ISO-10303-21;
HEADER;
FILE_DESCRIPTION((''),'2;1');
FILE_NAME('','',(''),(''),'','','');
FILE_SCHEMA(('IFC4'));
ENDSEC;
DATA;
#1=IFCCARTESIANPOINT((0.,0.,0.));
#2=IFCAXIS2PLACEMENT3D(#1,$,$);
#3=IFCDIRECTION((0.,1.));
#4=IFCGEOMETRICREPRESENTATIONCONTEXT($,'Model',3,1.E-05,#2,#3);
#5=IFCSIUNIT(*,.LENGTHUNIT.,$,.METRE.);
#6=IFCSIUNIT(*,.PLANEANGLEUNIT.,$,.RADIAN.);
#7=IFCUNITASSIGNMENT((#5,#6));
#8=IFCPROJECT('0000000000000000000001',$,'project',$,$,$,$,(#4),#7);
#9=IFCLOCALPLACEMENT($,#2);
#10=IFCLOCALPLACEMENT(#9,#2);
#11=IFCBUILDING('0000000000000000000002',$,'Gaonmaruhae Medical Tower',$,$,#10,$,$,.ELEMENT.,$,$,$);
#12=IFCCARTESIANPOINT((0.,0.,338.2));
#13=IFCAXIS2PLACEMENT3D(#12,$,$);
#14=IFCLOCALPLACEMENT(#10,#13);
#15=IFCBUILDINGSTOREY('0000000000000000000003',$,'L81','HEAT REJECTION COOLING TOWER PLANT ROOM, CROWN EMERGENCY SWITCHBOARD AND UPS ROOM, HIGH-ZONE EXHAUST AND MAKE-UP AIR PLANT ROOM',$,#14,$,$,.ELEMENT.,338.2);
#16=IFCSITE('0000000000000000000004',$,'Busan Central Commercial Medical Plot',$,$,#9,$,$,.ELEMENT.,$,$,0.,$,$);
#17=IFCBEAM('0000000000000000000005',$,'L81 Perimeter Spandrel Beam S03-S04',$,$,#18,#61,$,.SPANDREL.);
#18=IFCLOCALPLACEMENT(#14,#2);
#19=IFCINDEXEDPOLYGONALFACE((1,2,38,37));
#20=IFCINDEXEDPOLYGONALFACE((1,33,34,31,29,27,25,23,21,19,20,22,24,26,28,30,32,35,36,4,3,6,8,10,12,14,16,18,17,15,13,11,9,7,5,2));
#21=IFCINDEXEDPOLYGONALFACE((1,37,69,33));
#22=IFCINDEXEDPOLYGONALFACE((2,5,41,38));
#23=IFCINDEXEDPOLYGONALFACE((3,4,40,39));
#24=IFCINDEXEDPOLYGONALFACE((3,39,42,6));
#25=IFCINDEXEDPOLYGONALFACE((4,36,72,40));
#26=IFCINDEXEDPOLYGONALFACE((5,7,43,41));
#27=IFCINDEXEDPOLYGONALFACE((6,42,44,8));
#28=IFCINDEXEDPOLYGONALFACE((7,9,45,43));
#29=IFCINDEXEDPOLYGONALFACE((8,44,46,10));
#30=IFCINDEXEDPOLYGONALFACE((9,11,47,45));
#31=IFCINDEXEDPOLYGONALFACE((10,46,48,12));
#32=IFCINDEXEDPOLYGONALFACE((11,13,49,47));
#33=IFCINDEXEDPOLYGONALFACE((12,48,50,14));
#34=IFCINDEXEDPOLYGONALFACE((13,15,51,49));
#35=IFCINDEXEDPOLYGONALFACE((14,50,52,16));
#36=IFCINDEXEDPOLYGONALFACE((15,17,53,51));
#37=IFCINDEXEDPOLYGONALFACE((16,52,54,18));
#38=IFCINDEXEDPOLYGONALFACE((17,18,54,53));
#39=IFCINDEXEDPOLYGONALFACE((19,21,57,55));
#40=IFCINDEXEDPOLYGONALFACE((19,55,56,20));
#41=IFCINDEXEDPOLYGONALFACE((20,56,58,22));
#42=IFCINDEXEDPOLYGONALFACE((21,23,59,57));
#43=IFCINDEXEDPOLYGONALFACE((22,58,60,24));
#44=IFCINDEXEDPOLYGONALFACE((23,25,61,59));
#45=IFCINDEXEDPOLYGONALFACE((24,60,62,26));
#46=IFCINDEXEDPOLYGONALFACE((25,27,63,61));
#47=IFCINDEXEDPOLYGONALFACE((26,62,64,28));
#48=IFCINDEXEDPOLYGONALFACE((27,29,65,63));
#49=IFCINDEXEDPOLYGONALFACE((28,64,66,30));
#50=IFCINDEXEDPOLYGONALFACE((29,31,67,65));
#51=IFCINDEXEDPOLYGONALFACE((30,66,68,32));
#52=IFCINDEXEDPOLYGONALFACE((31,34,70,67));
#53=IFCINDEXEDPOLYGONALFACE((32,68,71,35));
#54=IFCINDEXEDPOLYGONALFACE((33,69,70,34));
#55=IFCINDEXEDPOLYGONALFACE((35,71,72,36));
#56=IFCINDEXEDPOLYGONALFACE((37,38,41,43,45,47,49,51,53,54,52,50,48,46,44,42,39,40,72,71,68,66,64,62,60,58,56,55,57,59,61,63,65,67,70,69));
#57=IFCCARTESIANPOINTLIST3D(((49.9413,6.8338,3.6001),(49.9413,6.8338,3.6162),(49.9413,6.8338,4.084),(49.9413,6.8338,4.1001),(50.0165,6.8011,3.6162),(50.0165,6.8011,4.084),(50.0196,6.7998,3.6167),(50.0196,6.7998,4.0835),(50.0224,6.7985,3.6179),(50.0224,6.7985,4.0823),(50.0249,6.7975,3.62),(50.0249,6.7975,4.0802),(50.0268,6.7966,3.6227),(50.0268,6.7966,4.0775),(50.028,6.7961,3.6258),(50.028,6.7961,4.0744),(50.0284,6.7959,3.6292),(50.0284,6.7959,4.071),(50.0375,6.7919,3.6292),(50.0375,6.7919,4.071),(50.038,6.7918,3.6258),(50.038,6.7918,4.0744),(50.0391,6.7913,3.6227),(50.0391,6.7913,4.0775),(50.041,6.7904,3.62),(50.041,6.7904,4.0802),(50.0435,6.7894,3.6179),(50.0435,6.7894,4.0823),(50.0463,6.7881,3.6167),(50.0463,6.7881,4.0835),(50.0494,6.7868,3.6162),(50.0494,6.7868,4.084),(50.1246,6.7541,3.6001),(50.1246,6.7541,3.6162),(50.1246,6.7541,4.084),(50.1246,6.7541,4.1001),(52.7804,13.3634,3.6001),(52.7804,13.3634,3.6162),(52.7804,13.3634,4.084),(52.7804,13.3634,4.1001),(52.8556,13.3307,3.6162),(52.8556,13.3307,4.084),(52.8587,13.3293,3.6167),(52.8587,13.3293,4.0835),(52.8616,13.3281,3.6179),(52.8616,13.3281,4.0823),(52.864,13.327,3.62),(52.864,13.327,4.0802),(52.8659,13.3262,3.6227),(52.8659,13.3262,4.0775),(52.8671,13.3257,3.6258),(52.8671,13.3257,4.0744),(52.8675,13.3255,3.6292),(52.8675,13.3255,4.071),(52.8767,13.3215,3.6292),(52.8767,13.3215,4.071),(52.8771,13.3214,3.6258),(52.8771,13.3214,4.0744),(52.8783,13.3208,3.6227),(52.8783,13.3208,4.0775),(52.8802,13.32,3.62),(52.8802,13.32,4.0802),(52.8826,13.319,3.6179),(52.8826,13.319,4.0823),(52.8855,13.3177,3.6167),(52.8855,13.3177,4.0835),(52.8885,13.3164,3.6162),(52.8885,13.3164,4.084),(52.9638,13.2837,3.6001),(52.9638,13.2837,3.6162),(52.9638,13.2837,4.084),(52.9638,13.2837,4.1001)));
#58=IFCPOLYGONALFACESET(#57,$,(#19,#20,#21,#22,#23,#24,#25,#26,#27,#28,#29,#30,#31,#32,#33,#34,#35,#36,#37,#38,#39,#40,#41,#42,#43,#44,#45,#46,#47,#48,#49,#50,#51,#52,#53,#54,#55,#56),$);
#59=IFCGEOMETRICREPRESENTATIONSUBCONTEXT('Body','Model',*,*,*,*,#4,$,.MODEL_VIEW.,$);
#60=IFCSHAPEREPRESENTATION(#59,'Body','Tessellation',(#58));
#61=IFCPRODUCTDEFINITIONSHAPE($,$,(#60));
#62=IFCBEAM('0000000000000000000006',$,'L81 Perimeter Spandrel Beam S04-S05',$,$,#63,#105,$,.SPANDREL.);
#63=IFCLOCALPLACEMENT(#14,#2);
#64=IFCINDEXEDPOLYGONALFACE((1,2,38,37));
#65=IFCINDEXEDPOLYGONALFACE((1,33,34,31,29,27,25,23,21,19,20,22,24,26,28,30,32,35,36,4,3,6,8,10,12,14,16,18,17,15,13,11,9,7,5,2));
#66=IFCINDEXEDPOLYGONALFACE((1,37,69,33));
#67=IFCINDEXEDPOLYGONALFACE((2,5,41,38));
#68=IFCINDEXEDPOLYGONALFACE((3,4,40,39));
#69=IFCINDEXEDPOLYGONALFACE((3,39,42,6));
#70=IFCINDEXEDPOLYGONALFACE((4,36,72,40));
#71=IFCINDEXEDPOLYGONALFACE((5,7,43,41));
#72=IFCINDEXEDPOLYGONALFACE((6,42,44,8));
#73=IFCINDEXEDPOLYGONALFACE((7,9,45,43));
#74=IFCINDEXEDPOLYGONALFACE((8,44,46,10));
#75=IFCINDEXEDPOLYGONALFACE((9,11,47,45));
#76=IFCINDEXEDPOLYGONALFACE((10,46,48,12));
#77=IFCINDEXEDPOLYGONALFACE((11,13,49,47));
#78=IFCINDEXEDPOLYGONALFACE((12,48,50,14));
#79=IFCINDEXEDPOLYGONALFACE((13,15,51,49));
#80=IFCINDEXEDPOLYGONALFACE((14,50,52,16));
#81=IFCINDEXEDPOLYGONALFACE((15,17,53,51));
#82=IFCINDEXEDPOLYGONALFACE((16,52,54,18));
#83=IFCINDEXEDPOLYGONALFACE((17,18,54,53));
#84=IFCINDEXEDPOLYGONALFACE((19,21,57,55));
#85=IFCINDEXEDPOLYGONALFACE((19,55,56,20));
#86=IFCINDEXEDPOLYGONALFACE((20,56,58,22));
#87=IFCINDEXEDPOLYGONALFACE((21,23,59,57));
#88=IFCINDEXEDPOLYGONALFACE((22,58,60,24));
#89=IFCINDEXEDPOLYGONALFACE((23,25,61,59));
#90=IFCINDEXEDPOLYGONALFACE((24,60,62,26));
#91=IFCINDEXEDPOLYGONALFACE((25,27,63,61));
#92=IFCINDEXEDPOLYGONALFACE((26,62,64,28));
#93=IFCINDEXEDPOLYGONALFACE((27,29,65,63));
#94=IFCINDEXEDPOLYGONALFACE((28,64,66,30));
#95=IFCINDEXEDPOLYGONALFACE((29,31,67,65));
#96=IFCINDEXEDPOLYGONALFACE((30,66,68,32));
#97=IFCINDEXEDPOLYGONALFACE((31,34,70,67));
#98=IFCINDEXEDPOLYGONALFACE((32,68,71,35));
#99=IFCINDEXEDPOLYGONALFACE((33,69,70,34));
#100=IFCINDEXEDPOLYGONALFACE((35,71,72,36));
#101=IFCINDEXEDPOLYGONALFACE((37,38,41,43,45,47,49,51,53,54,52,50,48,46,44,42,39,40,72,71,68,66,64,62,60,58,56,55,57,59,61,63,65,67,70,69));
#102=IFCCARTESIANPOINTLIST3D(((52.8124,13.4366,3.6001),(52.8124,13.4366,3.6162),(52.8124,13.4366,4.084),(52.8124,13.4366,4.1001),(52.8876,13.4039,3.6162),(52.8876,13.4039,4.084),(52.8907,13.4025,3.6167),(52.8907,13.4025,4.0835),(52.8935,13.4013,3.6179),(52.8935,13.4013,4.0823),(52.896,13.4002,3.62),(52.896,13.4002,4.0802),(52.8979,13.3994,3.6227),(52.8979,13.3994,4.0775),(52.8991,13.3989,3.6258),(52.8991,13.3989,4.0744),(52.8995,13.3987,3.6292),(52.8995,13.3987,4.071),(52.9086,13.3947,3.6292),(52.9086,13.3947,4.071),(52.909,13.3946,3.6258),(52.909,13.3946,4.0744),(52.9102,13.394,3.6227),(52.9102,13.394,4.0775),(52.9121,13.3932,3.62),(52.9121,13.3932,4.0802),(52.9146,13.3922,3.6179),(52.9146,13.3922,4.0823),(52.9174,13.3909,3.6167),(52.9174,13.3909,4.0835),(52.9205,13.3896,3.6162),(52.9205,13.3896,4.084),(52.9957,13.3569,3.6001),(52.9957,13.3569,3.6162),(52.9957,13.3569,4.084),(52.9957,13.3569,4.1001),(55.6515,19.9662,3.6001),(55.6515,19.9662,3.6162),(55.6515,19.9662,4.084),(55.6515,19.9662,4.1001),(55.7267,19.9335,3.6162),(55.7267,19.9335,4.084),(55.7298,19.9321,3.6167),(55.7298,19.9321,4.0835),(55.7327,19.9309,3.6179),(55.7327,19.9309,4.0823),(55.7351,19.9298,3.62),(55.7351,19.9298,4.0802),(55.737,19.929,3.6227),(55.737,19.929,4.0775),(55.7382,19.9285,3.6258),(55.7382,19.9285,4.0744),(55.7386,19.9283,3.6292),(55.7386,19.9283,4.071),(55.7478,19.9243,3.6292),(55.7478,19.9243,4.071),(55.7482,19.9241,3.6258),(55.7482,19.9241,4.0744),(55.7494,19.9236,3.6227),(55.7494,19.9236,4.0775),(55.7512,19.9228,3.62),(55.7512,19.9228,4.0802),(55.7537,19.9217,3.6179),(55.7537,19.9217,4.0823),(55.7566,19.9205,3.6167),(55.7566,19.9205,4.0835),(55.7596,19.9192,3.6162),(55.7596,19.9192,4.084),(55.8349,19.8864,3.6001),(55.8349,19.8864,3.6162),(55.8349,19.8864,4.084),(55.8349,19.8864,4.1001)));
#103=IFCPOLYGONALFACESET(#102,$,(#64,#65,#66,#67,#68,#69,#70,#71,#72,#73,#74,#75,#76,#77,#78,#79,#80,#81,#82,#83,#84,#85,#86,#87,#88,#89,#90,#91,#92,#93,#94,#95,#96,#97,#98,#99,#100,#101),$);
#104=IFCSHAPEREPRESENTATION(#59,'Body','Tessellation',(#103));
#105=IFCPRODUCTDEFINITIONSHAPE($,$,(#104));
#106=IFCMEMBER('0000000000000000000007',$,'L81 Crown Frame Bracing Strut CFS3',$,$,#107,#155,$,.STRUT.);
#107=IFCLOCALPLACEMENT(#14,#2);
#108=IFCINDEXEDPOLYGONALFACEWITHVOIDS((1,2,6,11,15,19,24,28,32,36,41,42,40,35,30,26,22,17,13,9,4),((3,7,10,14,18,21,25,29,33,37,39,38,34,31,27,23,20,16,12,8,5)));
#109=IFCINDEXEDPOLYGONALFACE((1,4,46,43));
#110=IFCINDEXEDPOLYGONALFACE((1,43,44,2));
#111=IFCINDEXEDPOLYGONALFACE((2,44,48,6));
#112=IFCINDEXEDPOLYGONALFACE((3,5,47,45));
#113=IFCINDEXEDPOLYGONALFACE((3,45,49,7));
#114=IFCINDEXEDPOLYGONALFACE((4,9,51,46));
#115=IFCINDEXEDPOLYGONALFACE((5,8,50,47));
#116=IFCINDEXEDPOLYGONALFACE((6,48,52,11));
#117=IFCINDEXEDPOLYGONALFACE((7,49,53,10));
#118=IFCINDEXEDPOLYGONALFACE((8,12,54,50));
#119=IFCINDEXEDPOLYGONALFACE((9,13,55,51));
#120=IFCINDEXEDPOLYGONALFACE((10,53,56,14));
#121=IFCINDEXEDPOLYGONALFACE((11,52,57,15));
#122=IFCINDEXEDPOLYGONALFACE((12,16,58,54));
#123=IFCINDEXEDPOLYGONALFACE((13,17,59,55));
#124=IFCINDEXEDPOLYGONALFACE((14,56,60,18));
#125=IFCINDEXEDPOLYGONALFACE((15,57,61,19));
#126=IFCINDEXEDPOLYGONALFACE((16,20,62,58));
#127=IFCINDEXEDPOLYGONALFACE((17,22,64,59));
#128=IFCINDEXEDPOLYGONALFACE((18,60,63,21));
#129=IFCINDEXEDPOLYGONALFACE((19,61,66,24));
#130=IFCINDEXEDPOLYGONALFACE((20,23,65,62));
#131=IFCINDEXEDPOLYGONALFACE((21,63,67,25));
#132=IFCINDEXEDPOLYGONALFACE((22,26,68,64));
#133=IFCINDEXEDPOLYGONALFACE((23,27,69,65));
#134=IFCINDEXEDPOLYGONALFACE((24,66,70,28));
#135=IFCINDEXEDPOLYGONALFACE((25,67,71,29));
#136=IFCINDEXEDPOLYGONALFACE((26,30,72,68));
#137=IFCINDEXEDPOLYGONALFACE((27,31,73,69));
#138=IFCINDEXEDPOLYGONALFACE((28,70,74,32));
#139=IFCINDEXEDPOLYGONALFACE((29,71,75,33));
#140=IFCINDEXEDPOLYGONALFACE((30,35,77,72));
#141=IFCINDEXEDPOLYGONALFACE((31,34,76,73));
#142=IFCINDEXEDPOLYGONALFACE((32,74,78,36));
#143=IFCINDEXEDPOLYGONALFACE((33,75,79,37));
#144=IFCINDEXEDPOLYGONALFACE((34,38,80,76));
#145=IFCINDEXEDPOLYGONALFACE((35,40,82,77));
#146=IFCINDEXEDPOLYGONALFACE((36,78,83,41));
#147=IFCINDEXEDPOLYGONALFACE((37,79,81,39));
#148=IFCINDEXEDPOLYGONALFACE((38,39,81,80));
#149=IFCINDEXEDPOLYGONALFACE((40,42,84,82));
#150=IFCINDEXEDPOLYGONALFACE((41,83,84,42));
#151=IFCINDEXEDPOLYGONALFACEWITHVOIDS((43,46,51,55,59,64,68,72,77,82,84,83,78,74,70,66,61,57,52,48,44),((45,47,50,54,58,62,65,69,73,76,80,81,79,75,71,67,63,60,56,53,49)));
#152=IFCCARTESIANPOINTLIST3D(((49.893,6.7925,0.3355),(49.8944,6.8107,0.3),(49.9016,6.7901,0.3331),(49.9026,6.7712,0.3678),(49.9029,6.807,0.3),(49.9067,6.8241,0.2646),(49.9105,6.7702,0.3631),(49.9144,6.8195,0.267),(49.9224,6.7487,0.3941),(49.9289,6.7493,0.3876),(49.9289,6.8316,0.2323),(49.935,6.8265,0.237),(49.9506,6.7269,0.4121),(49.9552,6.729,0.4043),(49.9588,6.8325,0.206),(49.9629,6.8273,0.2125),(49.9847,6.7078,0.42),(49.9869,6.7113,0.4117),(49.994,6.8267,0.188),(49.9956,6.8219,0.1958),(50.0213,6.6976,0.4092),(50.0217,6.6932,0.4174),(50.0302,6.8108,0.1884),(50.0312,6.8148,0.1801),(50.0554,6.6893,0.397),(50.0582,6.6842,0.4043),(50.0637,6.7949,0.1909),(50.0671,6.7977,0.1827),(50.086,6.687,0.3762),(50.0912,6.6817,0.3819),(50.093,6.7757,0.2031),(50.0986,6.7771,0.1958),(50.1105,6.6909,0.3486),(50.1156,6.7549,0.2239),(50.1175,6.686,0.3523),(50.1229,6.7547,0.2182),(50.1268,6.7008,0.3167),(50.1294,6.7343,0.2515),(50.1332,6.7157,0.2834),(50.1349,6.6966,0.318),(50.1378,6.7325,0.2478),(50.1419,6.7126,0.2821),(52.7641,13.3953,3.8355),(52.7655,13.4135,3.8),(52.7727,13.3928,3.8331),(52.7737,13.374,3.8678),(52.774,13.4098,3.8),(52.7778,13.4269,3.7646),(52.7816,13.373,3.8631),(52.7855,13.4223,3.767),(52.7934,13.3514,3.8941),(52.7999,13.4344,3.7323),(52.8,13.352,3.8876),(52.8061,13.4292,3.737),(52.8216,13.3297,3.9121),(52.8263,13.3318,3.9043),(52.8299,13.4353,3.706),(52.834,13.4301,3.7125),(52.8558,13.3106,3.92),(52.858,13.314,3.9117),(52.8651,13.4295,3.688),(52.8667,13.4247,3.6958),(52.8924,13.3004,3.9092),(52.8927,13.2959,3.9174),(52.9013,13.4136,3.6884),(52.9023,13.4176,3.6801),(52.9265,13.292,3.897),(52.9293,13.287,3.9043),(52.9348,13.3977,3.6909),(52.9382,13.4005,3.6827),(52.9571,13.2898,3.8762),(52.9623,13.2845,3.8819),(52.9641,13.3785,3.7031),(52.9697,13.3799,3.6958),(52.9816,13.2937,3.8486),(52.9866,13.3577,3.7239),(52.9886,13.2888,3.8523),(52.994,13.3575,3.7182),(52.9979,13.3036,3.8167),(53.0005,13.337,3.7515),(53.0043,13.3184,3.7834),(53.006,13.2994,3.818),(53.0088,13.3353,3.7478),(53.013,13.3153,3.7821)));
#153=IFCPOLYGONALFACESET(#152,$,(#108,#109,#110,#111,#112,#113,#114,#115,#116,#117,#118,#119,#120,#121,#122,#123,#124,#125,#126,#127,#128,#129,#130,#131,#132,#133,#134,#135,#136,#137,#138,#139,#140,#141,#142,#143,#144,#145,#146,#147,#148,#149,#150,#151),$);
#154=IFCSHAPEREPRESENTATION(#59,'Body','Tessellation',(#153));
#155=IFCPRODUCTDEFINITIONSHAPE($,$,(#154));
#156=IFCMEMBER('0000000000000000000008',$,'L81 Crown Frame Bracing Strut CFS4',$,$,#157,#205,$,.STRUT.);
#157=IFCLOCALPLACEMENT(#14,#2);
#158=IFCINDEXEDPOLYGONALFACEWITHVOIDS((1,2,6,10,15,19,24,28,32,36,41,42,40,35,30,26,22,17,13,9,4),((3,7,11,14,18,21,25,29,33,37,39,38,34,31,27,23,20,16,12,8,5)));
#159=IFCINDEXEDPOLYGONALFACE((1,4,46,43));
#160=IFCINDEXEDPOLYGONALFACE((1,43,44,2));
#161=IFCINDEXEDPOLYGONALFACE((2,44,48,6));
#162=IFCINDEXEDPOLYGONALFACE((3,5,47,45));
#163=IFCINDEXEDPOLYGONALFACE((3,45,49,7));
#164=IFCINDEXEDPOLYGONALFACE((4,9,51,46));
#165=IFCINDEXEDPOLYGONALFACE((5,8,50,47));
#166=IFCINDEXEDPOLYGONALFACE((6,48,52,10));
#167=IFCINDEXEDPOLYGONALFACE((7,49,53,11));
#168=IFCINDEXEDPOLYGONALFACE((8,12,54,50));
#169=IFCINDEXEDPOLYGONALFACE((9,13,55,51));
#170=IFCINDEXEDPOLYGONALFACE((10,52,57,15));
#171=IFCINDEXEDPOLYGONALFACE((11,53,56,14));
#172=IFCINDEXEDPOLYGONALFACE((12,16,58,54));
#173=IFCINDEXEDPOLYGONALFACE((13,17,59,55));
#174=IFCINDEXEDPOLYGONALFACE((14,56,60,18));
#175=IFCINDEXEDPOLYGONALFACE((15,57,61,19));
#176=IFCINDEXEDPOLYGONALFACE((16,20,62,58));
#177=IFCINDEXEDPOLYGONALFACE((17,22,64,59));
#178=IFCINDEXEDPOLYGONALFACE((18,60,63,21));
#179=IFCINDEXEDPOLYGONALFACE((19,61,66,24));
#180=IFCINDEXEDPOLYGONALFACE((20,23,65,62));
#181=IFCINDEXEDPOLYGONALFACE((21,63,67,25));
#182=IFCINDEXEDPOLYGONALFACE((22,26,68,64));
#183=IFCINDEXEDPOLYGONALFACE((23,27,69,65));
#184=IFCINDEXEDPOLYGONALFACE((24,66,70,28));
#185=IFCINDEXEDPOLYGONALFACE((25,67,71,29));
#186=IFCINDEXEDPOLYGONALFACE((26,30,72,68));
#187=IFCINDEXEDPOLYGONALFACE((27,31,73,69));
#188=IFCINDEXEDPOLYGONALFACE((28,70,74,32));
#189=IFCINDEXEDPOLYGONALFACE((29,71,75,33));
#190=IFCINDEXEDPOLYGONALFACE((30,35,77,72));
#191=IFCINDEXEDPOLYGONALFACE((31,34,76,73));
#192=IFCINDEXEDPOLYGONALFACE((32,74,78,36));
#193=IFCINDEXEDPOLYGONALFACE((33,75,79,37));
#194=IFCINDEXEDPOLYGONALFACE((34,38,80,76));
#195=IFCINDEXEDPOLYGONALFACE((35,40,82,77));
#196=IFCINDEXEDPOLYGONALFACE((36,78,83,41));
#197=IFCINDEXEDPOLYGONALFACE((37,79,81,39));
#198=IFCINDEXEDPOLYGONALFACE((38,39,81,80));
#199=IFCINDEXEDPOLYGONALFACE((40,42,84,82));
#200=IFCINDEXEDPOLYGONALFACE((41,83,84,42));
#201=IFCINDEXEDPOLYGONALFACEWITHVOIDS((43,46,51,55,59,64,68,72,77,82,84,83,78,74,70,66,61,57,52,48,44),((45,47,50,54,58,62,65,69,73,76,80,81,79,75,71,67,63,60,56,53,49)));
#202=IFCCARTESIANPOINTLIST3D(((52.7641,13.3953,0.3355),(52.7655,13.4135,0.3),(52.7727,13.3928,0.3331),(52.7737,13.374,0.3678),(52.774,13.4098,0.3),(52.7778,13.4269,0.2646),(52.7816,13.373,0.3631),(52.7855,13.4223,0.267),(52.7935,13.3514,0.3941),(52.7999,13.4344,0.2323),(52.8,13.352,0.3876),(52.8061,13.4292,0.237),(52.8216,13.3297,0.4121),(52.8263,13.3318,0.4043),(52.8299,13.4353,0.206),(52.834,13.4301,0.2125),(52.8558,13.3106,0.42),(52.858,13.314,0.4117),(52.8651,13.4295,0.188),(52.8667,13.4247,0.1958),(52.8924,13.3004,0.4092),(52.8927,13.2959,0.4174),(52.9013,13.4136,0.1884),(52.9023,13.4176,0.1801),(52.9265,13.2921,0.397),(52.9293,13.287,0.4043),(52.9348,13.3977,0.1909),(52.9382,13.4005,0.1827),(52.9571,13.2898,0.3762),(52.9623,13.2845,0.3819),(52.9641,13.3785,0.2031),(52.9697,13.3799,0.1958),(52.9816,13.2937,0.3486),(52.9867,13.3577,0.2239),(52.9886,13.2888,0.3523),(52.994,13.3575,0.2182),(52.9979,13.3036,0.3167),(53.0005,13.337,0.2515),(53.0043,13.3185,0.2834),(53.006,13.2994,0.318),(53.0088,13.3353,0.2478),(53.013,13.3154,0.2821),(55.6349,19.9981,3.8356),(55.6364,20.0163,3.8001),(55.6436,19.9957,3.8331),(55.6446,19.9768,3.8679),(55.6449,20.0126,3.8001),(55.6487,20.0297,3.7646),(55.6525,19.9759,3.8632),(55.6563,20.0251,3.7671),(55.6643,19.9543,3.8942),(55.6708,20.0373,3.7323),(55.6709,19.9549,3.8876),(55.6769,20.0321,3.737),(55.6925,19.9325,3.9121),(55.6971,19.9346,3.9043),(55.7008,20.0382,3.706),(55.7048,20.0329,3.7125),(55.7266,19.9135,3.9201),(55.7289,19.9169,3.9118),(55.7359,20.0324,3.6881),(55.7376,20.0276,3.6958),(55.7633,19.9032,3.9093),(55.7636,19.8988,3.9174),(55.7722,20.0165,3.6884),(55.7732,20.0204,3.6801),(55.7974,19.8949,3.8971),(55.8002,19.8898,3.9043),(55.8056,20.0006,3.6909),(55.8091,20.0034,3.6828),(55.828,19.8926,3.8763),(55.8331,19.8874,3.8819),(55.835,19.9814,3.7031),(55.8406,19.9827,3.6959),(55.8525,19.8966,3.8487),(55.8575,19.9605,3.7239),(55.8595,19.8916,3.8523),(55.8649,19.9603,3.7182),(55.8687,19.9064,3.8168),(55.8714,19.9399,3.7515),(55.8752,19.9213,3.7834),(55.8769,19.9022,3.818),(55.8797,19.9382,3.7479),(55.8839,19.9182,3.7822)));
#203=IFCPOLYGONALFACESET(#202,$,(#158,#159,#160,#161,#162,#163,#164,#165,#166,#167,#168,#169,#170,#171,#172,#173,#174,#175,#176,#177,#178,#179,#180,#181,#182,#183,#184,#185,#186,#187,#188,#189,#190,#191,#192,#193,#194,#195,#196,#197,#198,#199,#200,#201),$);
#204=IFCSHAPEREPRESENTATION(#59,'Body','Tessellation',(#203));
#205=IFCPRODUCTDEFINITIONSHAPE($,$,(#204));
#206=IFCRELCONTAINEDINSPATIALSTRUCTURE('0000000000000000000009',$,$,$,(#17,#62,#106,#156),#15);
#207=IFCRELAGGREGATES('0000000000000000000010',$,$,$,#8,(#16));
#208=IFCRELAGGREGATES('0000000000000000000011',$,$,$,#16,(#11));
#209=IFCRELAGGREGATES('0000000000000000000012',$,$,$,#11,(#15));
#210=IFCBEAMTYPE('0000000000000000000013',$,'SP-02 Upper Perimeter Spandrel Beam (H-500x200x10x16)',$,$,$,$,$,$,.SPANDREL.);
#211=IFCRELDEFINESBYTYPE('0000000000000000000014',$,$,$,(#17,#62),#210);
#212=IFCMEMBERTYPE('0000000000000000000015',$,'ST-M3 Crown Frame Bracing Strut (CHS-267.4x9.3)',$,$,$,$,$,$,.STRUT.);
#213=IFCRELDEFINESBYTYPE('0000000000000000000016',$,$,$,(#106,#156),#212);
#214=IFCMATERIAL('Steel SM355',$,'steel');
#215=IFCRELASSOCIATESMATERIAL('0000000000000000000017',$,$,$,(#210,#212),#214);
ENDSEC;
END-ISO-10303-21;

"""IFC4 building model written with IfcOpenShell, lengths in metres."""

from ifc_helpers import new_model, si_unit, direction, frame, origin, origin_2d, place, context, subcontext, project, spatial, hollow_circle, i_section, extrude, material, material_profile, profile_set, type_object, element, save


model = new_model("IFC4")

# Units and contexts
model_context = context("Model", 3, precision=1e-05, world=origin(), true_north=direction((0.0, 1.0)))
body_context = subcontext(model_context, "Body", "Model", "MODEL_VIEW")
ifc_project = project(units=[si_unit("LENGTHUNIT", "METRE"), si_unit("PLANEANGLEUNIT", "RADIAN")], contexts=[model_context])

# Site, building, storey
site_placement = place(None, origin())
site = spatial("IfcSite", under=ifc_project, at=site_placement, Name="Busan Central Commercial Medical Plot", CompositionType="ELEMENT", RefElevation=0.0)
building_placement = place(site_placement, origin())
building = spatial("IfcBuilding", under=site, at=building_placement, Name="Gaonmaruhae Medical Tower", CompositionType="ELEMENT")
storey_placement = place(building_placement, frame((0.0, 0.0, 338.2)))
storey = spatial("IfcBuildingStorey", under=building, at=storey_placement, Name="L81", Description="HEAT REJECTION COOLING TOWER PLANT ROOM, CROWN EMERGENCY SWITCHBOARD AND UPS ROOM, HIGH-ZONE EXHAUST AND MAKE-UP AIR PLANT ROOM", CompositionType="ELEMENT", Elevation=338.2)

# Beams
ifc_material_1 = material(Name="Steel SM355", Category="steel")
ifc_material_profile_1 = material_profile(ifc_material_1, i_section(OverallWidth=0.2, OverallDepth=0.5, WebThickness=0.01, FlangeThickness=0.0161, FilletRadius=0.0129, at=origin_2d()), Name="H-500x200x10x16")
ifc_profile_set_1 = profile_set([ifc_material_profile_1], Name="Steel SM355")
beam_type_1 = type_object("IfcBeamType", Name="SP-02 Upper Perimeter Spandrel Beam (H-500x200x10x16)", PredefinedType="SPANDREL", material=ifc_profile_set_1)
for number, where, z_axis, x_axis, name in (
    (1, (50.033, 6.7939, 3.8501), (0.398747, 0.917061, 0.0), (-0.917061, 0.398747, 0.0), "L81 Perimeter Spandrel Beam S03-S04"),
    (2, (52.9041, 13.3967, 3.8501), (0.398747, 0.917061, 0.0), (-0.917061, 0.398747, 0.0), "L81 Perimeter Spandrel Beam S04-S05"),
):
    element("IfcBeam", number, at=place(storey_placement, frame(where, z_axis=z_axis, x_axis=x_axis)), inside=storey, type_object=beam_type_1, Name=name, PredefinedType="SPANDREL", context=body_context, shape_type="SweptSolid", body=[
        extrude(i_section(OverallWidth=0.2, OverallDepth=0.5, WebThickness=0.01, FlangeThickness=0.0161, FilletRadius=0.0129, at=origin_2d()), origin(), (0.0, 0.0, 1.0), 7.1201),
    ])

# Members
ifc_material_profile_2 = material_profile(ifc_material_1, hollow_circle(Radius=0.1338, WallThickness=0.0093, at=origin_2d()), Name="CHS-267.4x9.3")
ifc_profile_set_2 = profile_set([ifc_material_profile_2], Name="Steel SM355")
member_type = type_object("IfcMemberType", Name="ST-M3 Crown Frame Bracing Strut (CHS-267.4x9.3)", PredefinedType="STRUT", material=ifc_profile_set_2)
for number, where, z_axis, x_axis, name in (
    (3, (50.0171, 6.7573, 0.3), (0.358635, 0.824769, 0.437193), (-0.917054, 0.398763, 0.0), "L81 Crown Frame Bracing Strut CFS3"),
    (4, (52.8882, 13.3601, 0.3), (0.358608, 0.824778, 0.437198), (-0.917066, 0.398735, 0.0), "L81 Crown Frame Bracing Strut CFS4"),
):
    element("IfcMember", number, at=place(storey_placement, frame(where, z_axis=z_axis, x_axis=x_axis)), inside=storey, type_object=member_type, Name=name, PredefinedType="STRUT", context=body_context, shape_type="SweptSolid", body=[
        extrude(hollow_circle(Radius=0.1338, WallThickness=0.0093, at=origin_2d()), origin(), (0.0, 0.0, 1.0), 8.0056),
    ])

save(model, "model.ifc")
